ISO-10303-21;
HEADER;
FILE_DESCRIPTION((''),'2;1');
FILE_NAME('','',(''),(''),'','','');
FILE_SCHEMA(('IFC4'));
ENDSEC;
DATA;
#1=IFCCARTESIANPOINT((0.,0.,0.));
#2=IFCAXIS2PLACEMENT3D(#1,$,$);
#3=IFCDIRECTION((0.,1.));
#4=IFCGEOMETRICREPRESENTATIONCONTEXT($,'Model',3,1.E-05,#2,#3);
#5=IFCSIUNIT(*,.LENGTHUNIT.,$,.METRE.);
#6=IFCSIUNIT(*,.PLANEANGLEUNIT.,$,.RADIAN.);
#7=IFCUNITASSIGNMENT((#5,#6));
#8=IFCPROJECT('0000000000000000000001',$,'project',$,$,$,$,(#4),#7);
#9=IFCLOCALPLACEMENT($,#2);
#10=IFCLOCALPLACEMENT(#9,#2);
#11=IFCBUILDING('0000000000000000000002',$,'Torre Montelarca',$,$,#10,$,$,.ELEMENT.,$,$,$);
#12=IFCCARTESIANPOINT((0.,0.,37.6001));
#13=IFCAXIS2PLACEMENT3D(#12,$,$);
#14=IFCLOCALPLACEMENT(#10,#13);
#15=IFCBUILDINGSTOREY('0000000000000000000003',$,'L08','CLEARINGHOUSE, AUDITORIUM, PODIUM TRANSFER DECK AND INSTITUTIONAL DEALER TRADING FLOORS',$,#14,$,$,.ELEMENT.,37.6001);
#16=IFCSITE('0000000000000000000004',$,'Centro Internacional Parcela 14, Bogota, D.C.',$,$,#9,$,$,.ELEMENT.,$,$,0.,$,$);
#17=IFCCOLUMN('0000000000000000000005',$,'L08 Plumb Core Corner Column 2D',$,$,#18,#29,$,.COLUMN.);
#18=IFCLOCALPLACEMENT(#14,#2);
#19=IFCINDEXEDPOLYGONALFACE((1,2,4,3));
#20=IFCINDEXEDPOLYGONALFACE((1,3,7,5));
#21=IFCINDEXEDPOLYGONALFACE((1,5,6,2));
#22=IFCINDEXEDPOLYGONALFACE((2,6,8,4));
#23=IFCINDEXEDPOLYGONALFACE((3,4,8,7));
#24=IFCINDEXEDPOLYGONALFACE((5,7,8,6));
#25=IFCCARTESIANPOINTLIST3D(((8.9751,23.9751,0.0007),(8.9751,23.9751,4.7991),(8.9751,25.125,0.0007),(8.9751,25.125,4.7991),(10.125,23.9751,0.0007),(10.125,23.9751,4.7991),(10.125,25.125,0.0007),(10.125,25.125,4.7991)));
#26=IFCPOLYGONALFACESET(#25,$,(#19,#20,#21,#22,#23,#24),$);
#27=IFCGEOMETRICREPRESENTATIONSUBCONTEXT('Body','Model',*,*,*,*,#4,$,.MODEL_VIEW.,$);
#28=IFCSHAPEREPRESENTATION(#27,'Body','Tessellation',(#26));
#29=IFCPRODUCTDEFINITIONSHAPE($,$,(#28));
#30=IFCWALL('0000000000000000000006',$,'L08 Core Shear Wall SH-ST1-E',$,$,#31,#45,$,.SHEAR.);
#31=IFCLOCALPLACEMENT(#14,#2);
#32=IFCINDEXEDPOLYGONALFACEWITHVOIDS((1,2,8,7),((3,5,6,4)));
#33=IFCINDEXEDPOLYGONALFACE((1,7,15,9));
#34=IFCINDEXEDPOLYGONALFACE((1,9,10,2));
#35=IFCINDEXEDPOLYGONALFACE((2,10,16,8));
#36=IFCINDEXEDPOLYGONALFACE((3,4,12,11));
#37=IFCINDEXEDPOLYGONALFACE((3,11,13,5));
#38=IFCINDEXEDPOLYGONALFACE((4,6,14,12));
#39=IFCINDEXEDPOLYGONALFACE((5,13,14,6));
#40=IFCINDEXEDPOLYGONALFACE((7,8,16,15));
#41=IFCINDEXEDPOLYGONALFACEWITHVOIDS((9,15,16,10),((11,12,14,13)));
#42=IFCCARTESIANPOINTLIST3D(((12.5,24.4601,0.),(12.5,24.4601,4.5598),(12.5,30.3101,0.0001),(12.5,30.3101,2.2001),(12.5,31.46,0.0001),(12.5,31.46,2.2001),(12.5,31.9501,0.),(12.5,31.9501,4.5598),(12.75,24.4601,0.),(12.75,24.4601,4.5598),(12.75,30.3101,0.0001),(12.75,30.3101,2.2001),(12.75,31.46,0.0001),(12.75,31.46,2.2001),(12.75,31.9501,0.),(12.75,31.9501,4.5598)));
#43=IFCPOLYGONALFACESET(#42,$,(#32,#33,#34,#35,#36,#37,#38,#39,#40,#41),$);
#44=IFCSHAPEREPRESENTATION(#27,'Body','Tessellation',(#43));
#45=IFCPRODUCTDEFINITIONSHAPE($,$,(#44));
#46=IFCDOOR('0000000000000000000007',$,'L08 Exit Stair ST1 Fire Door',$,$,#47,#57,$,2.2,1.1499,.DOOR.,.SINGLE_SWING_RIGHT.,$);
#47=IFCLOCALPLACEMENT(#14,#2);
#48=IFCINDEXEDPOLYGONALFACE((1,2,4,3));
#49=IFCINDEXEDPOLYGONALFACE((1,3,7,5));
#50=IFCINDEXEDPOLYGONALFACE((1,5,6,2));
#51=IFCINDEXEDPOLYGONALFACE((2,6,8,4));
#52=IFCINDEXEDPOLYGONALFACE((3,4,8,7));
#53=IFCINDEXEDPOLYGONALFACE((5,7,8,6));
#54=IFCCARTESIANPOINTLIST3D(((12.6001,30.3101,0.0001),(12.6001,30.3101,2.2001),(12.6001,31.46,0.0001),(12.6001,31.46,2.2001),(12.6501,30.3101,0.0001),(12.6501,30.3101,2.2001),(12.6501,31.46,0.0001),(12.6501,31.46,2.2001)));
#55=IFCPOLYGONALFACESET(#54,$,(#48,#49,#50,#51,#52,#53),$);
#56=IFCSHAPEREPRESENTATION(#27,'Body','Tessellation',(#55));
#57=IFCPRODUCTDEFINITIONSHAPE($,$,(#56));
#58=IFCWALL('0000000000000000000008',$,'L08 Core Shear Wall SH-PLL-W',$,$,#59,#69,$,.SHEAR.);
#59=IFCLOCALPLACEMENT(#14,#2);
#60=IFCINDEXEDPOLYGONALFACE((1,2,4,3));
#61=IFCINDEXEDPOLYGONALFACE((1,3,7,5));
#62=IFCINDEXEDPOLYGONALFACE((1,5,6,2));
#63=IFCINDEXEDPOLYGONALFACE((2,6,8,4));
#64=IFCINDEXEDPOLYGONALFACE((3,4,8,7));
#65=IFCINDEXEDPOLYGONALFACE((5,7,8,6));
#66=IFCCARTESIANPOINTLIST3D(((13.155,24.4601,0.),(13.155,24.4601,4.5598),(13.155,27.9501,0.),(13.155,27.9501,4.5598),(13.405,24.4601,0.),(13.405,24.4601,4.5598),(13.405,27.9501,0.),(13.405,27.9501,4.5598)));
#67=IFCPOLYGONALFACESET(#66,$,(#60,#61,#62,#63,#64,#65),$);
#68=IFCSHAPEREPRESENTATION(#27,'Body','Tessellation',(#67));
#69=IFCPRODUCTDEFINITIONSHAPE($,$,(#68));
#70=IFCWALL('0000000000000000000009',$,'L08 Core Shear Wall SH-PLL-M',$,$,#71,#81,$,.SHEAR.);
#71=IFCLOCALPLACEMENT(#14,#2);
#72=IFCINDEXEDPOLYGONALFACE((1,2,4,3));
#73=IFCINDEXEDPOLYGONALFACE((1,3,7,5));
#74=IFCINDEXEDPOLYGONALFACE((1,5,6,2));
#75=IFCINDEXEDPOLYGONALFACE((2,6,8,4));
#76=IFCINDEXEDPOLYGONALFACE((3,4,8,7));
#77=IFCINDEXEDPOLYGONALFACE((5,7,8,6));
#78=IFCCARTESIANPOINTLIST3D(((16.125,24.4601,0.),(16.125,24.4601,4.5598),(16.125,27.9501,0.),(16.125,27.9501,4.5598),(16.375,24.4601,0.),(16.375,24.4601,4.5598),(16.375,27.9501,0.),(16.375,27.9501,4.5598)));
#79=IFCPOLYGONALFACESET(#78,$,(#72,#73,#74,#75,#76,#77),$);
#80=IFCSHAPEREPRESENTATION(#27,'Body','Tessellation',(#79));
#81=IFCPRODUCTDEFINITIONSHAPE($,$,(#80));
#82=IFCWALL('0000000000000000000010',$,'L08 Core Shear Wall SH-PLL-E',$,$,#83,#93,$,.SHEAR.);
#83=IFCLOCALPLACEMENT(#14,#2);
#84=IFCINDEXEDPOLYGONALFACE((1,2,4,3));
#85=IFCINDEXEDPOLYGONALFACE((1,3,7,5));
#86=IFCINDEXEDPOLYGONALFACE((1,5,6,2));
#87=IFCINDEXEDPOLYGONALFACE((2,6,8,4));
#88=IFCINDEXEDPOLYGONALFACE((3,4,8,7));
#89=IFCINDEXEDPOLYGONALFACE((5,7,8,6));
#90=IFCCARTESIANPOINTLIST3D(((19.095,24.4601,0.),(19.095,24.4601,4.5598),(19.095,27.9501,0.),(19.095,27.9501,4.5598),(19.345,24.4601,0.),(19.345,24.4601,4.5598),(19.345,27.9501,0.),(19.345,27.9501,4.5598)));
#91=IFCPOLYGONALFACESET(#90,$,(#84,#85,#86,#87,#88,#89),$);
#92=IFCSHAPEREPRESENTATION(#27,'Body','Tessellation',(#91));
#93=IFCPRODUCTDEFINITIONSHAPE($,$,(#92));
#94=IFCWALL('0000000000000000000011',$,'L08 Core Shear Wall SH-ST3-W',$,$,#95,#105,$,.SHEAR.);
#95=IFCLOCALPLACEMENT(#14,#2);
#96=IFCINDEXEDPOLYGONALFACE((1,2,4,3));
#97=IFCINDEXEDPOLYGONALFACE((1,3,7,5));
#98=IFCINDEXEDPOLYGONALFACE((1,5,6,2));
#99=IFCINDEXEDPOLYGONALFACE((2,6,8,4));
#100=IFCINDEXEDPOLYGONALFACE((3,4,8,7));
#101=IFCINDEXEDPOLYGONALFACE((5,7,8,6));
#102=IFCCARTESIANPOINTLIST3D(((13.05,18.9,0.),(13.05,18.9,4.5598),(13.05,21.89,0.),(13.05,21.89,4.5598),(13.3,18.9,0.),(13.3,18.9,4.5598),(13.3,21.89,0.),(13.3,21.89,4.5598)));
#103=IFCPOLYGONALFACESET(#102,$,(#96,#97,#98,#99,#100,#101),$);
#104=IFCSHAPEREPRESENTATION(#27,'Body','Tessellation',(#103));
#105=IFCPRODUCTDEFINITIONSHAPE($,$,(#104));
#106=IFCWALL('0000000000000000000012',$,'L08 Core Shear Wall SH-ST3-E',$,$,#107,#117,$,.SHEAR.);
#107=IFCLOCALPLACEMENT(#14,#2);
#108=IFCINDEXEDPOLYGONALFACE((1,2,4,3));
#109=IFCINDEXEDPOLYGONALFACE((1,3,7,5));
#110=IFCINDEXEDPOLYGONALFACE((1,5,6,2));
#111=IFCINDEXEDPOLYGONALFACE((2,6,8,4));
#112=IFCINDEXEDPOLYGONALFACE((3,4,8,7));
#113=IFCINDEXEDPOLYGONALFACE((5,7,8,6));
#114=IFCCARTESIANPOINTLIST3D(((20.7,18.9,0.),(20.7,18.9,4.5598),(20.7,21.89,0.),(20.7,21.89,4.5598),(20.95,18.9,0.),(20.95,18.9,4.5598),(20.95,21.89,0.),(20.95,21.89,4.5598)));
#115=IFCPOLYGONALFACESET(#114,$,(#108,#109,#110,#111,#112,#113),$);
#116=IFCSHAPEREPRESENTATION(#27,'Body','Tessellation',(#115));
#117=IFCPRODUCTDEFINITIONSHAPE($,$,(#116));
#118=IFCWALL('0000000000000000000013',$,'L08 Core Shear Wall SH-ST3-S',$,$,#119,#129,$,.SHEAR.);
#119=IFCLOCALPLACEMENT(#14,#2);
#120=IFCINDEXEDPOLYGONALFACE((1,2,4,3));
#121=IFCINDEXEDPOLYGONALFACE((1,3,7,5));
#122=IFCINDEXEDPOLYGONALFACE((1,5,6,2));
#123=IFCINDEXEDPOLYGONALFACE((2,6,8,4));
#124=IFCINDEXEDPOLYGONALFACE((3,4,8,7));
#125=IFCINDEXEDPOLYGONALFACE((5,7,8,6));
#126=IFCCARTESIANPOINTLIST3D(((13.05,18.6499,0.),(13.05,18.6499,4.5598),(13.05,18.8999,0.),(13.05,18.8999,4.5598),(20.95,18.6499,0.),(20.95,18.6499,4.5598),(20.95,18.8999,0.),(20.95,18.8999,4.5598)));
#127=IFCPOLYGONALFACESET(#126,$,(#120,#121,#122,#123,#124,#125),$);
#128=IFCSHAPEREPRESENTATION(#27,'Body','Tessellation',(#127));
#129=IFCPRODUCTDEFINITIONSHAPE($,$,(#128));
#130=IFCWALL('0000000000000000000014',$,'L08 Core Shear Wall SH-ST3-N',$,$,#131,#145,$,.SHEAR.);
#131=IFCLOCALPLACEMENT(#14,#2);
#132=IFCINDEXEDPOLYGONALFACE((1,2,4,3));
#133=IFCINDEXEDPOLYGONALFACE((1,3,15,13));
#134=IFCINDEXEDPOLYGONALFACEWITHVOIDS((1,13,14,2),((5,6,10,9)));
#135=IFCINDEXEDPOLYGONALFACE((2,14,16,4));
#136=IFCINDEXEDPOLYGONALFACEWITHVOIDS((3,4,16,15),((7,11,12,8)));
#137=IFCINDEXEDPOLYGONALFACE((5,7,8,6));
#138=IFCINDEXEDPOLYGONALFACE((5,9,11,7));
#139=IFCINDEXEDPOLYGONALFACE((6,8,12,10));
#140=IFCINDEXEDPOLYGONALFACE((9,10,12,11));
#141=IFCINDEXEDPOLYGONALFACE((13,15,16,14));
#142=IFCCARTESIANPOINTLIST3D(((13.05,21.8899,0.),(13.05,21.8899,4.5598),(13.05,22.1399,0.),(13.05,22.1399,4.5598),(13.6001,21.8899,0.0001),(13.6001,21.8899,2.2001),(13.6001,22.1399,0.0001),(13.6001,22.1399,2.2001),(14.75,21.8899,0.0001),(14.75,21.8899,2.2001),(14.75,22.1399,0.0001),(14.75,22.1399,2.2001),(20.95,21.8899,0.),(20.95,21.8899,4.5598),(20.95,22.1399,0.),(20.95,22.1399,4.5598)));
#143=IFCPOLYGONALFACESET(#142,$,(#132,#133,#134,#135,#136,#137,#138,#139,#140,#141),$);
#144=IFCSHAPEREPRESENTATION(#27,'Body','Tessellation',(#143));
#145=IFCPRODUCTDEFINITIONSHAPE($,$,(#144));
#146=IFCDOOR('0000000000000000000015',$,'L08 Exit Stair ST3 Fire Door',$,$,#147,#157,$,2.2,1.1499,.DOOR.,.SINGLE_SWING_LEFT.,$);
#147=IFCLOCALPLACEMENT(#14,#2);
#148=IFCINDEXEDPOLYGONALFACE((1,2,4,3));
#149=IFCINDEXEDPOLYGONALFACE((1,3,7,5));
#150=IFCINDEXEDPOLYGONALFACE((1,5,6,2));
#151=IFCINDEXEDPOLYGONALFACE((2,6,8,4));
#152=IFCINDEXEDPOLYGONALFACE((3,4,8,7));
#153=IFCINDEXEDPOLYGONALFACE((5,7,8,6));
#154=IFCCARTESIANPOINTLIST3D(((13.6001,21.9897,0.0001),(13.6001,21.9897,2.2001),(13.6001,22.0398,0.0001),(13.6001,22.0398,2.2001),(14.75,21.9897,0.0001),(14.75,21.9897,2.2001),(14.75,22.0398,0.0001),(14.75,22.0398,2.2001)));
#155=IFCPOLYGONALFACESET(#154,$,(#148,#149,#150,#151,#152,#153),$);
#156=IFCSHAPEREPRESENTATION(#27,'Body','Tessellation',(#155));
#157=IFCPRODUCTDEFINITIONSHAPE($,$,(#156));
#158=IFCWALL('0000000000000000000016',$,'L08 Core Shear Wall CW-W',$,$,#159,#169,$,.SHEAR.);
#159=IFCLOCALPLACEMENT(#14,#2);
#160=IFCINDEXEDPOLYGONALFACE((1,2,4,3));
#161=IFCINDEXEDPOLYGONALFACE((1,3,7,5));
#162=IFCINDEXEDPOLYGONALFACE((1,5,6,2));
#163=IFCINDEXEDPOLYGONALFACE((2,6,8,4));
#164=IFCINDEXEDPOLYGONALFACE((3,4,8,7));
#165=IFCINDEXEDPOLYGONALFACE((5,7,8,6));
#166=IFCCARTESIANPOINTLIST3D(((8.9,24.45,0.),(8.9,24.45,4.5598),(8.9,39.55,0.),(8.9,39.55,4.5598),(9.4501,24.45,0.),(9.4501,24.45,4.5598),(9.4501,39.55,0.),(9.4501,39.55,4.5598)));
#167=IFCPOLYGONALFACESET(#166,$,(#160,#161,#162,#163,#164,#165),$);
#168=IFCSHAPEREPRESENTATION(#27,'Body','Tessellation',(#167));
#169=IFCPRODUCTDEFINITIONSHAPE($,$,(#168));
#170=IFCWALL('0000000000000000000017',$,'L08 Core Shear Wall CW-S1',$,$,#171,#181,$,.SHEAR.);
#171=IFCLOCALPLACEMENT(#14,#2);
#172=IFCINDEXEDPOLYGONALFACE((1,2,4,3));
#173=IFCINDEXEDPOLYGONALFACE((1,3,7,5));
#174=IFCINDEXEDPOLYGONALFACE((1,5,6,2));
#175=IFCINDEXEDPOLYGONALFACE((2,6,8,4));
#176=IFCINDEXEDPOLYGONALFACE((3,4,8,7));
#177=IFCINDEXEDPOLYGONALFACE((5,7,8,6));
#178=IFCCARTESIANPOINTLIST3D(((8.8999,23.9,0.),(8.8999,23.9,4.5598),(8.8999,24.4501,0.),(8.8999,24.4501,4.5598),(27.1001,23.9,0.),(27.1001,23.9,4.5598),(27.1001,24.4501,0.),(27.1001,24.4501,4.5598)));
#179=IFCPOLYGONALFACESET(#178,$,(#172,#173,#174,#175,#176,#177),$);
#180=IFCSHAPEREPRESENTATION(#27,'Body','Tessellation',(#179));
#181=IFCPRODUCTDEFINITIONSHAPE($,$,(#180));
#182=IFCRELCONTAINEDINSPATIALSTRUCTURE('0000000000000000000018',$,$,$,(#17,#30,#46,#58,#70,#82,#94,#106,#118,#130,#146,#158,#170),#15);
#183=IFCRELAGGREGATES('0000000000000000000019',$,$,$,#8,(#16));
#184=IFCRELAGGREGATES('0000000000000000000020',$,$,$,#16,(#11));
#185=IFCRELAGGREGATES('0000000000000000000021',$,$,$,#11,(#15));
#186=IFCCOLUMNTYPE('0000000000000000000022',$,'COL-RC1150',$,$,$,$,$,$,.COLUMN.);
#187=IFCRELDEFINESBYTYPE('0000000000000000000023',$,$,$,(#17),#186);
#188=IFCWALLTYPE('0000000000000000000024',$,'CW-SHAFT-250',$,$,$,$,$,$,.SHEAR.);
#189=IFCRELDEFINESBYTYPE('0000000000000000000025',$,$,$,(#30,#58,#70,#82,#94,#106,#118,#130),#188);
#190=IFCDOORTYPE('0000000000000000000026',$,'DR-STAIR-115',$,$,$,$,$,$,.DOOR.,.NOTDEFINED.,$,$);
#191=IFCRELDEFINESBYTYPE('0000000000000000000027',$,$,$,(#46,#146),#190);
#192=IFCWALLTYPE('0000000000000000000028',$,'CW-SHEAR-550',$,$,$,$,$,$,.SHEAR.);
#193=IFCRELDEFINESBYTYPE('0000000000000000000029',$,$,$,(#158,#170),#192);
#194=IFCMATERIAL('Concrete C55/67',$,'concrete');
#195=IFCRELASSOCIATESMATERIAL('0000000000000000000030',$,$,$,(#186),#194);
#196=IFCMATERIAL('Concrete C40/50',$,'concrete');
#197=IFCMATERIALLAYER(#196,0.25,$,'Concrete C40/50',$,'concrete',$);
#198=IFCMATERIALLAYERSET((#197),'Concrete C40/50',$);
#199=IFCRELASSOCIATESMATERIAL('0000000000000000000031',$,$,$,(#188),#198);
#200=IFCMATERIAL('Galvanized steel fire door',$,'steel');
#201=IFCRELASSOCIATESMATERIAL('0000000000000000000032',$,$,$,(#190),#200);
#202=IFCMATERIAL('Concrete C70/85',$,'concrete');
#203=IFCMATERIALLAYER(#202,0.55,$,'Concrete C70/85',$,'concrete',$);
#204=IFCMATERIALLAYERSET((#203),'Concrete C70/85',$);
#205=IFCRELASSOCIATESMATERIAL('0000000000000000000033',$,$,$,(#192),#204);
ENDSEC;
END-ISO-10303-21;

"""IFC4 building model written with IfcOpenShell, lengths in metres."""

from ifc_helpers import new_model, si_unit, direction, frame, frame_2d, origin, origin_2d, place, context, subcontext, project, spatial, rectangle, extrude, source, transform, mapped, material, layer, layer_set, material_profile, profile_set, type_object, element, fill, save


model = new_model("IFC4")

# Units and contexts
model_context = context("Model", 3, precision=1e-05, world=origin(), true_north=direction((0.0, 1.0)))
body_context = subcontext(model_context, "Body", "Model", "MODEL_VIEW")
ifc_project = project(units=[si_unit("LENGTHUNIT", "METRE"), si_unit("PLANEANGLEUNIT", "RADIAN")], contexts=[model_context])

# Site, building, storey
site_placement = place(None, origin())
site = spatial("IfcSite", under=ifc_project, at=site_placement, Name="Centro Internacional Parcela 14, Bogota, D.C.", CompositionType="ELEMENT", RefElevation=0.0)
building_placement = place(site_placement, origin())
building = spatial("IfcBuilding", under=site, at=building_placement, Name="Torre Montelarca", CompositionType="ELEMENT")
storey_placement = place(building_placement, frame((0.0, 0.0, 37.6001)))
storey = spatial("IfcBuildingStorey", under=building, at=storey_placement, Name="L08", Description="CLEARINGHOUSE, AUDITORIUM, PODIUM TRANSFER DECK AND INSTITUTIONAL DEALER TRADING FLOORS", CompositionType="ELEMENT", Elevation=37.6001)

# Column
ifc_material_1 = material(Name="Concrete C55/67", Category="concrete")
ifc_material_profile = material_profile(ifc_material_1, rectangle(XDim=1.1499, YDim=1.1499, at=origin_2d()), Name="RC1150X1150", Category="concrete")
ifc_profile_set = profile_set([ifc_material_profile], Name="Concrete C55/67")
column_type = type_object("IfcColumnType", Name="COL-RC1150", PredefinedType="COLUMN", material=ifc_profile_set)
shared_shape_1 = source(origin(), body_context, "Body", "SweptSolid", [
    extrude(rectangle(XDim=1.1499, YDim=1.1499, at=origin_2d()), origin(), (0.0, 0.0, 1.0), 4.7983),
])
column_placement = place(storey_placement, frame((9.55, 24.55, 0.0007), z_axis=(0.0, 0.0, 1.0), x_axis=(1.0, 0.0, 0.0)))
element("IfcColumn", 1, at=column_placement, inside=storey, type_object=column_type, Name="L08 Plumb Core Corner Column 2D", PredefinedType="COLUMN", context=body_context, shape_type="MappedRepresentation", body=[
    mapped(shared_shape_1, transform((0.0, 0.0, 0.0), scale=1.0)),
])

# Wall, opening, door
ifc_material_2 = material(Name="Concrete C40/50", Category="concrete")
ifc_layer_1 = layer(ifc_material_2, 0.25, Name="Concrete C40/50", Category="concrete")
ifc_layer_set_1 = layer_set([ifc_layer_1], Name="Concrete C40/50")
wall_type_1 = type_object("IfcWallType", Name="CW-SHAFT-250", PredefinedType="SHEAR", material=ifc_layer_set_1)
wall_1_placement = place(storey_placement, frame((12.625, 24.46, 0.0), z_axis=(0.0, 0.0, 1.0), x_axis=(0.0, 1.0, 0.0)))
wall_1 = element("IfcWall", 2, at=wall_1_placement, inside=storey, type_object=wall_type_1, Name="L08 Core Shear Wall SH-ST1-E", PredefinedType="SHEAR", context=body_context, shape_type="SweptSolid", body=[
    extrude(rectangle(XDim=7.49, YDim=0.25, at=frame_2d((3.7451, 0.0))), origin(), (0.0, 0.0, 1.0), 4.5598),
])
opening_1_placement = place(wall_1_placement, frame((5.8501, 0.0, 0.0)))
opening_1 = element("IfcOpeningElement", 3, at=opening_1_placement, cuts=wall_1, PredefinedType="OPENING", context=body_context, shape_type="SweptSolid", body=[
    extrude(rectangle(XDim=1.1499, YDim=2.2, at=frame_2d((0.575, 1.1001))), frame((0.0, 0.135, 0.0), z_axis=(0.0, -1.0, 0.0), x_axis=(1.0, 0.0, 0.0)), (0.0, 0.0, 1.0), 0.27),
])
ifc_material_3 = material(Name="Galvanized steel fire door", Category="steel")
door_type = type_object("IfcDoorType", Name="DR-STAIR-115", OperationType="NOTDEFINED", PredefinedType="DOOR", material=ifc_material_3)
shared_shape_2 = source(origin(), body_context, "Body", "SweptSolid", [
    extrude(rectangle(XDim=1.1499, YDim=2.2, at=frame_2d((0.575, 1.1001))), frame((0.0, 0.0249, 0.0), z_axis=(0.0, -1.0, 0.0), x_axis=(1.0, 0.0, 0.0)), (0.0, 0.0, 1.0), 0.05),
])
door_1_placement = place(opening_1_placement, origin())
door_1 = element("IfcDoor", 4, at=door_1_placement, inside=storey, type_object=door_type, Name="L08 Exit Stair ST1 Fire Door", OperationType="SINGLE_SWING_RIGHT", OverallHeight=2.2, OverallWidth=1.1499, PredefinedType="DOOR", context=body_context, shape_type="MappedRepresentation", body=[
    mapped(shared_shape_2, transform((0.0, 0.0, 0.0), scale=1.0)),
])
fill(opening_1, door_1)

# Walls
for number, where, z_axis, x_axis, name in (
    (5, (13.28, 24.46, 0.0), (0.0, 0.0, 1.0), (0.0, 1.0, 0.0), "L08 Core Shear Wall SH-PLL-W"),
    (6, (16.25, 24.46, 0.0), (0.0, 0.0, 1.0), (0.0, 1.0, 0.0), "L08 Core Shear Wall SH-PLL-M"),
    (7, (19.22, 24.46, 0.0), (0.0, 0.0, 1.0), (0.0, 1.0, 0.0), "L08 Core Shear Wall SH-PLL-E"),
):
    element("IfcWall", number, at=place(storey_placement, frame(where, z_axis=z_axis, x_axis=x_axis)), inside=storey, type_object=wall_type_1, Name=name, PredefinedType="SHEAR", context=body_context, shape_type="SweptSolid", body=[
        extrude(rectangle(XDim=3.49, YDim=0.25, at=frame_2d((1.7451, 0.0))), origin(), (0.0, 0.0, 1.0), 4.5598),
    ])
for number, where, z_axis, x_axis, name in (
    (8, (13.175, 18.8999, 0.0), (0.0, 0.0, 1.0), (0.0, 1.0, 0.0), "L08 Core Shear Wall SH-ST3-W"),
    (9, (20.825, 18.8999, 0.0), (0.0, 0.0, 1.0), (0.0, 1.0, 0.0), "L08 Core Shear Wall SH-ST3-E"),
):
    element("IfcWall", number, at=place(storey_placement, frame(where, z_axis=z_axis, x_axis=x_axis)), inside=storey, type_object=wall_type_1, Name=name, PredefinedType="SHEAR", context=body_context, shape_type="SweptSolid", body=[
        extrude(rectangle(XDim=2.99, YDim=0.25, at=frame_2d((1.4951, 0.0))), origin(), (0.0, 0.0, 1.0), 4.5598),
    ])
wall_2_placement = place(storey_placement, frame((13.05, 18.7749, 0.0), z_axis=(0.0, 0.0, 1.0), x_axis=(1.0, 0.0, 0.0)))
element("IfcWall", 10, at=wall_2_placement, inside=storey, type_object=wall_type_1, Name="L08 Core Shear Wall SH-ST3-S", PredefinedType="SHEAR", context=body_context, shape_type="SweptSolid", body=[
    extrude(rectangle(XDim=7.8999, YDim=0.25, at=frame_2d((3.95, 0.0))), origin(), (0.0, 0.0, 1.0), 4.5598),
])

# Wall, opening, door
wall_3_placement = place(storey_placement, frame((13.05, 22.0149, 0.0), z_axis=(0.0, 0.0, 1.0), x_axis=(1.0, 0.0, 0.0)))
wall_3 = element("IfcWall", 11, at=wall_3_placement, inside=storey, type_object=wall_type_1, Name="L08 Core Shear Wall SH-ST3-N", PredefinedType="SHEAR", context=body_context, shape_type="SweptSolid", body=[
    extrude(rectangle(XDim=7.8999, YDim=0.25, at=frame_2d((3.95, 0.0))), origin(), (0.0, 0.0, 1.0), 4.5598),
])
opening_2_placement = place(wall_3_placement, frame((0.55, 0.0, 0.0)))
opening_2 = element("IfcOpeningElement", 12, at=opening_2_placement, cuts=wall_3, PredefinedType="OPENING", context=body_context, shape_type="SweptSolid", body=[
    extrude(rectangle(XDim=1.1499, YDim=2.2, at=frame_2d((0.575, 1.1001))), frame((0.0, 0.135, 0.0), z_axis=(0.0, -1.0, 0.0), x_axis=(1.0, 0.0, 0.0)), (0.0, 0.0, 1.0), 0.27),
])
door_2_placement = place(opening_2_placement, origin())
door_2 = element("IfcDoor", 13, at=door_2_placement, inside=storey, type_object=door_type, Name="L08 Exit Stair ST3 Fire Door", OperationType="SINGLE_SWING_LEFT", OverallHeight=2.2, OverallWidth=1.1499, PredefinedType="DOOR", context=body_context, shape_type="MappedRepresentation", body=[
    mapped(shared_shape_2, transform((0.0, 0.0, 0.0), scale=1.0)),
])
fill(opening_2, door_2)

# Walls
ifc_material_4 = material(Name="Concrete C70/85", Category="concrete")
ifc_layer_2 = layer(ifc_material_4, 0.55, Name="Concrete C70/85", Category="concrete")
ifc_layer_set_2 = layer_set([ifc_layer_2], Name="Concrete C70/85")
wall_type_2 = type_object("IfcWallType", Name="CW-SHEAR-550", PredefinedType="SHEAR", material=ifc_layer_set_2)
wall_4_placement = place(storey_placement, frame((9.175, 24.45, 0.0), z_axis=(0.0, 0.0, 1.0), x_axis=(0.0, 1.0, 0.0)))
element("IfcWall", 14, at=wall_4_placement, inside=storey, type_object=wall_type_2, Name="L08 Core Shear Wall CW-W", PredefinedType="SHEAR", context=body_context, shape_type="SweptSolid", body=[
    extrude(rectangle(XDim=15.1001, YDim=0.55, at=frame_2d((7.55, 0.0))), origin(), (0.0, 0.0, 1.0), 4.5598),
])
wall_5_placement = place(storey_placement, frame((8.8999, 24.175, 0.0), z_axis=(0.0, 0.0, 1.0), x_axis=(1.0, 0.0, 0.0)))
element("IfcWall", 15, at=wall_5_placement, inside=storey, type_object=wall_type_2, Name="L08 Core Shear Wall CW-S1", PredefinedType="SHEAR", context=body_context, shape_type="SweptSolid", body=[
    extrude(rectangle(XDim=18.2002, YDim=0.55, at=frame_2d((9.1001, 0.0))), origin(), (0.0, 0.0, 1.0), 4.5598),
])

save(model, "model.ifc")
